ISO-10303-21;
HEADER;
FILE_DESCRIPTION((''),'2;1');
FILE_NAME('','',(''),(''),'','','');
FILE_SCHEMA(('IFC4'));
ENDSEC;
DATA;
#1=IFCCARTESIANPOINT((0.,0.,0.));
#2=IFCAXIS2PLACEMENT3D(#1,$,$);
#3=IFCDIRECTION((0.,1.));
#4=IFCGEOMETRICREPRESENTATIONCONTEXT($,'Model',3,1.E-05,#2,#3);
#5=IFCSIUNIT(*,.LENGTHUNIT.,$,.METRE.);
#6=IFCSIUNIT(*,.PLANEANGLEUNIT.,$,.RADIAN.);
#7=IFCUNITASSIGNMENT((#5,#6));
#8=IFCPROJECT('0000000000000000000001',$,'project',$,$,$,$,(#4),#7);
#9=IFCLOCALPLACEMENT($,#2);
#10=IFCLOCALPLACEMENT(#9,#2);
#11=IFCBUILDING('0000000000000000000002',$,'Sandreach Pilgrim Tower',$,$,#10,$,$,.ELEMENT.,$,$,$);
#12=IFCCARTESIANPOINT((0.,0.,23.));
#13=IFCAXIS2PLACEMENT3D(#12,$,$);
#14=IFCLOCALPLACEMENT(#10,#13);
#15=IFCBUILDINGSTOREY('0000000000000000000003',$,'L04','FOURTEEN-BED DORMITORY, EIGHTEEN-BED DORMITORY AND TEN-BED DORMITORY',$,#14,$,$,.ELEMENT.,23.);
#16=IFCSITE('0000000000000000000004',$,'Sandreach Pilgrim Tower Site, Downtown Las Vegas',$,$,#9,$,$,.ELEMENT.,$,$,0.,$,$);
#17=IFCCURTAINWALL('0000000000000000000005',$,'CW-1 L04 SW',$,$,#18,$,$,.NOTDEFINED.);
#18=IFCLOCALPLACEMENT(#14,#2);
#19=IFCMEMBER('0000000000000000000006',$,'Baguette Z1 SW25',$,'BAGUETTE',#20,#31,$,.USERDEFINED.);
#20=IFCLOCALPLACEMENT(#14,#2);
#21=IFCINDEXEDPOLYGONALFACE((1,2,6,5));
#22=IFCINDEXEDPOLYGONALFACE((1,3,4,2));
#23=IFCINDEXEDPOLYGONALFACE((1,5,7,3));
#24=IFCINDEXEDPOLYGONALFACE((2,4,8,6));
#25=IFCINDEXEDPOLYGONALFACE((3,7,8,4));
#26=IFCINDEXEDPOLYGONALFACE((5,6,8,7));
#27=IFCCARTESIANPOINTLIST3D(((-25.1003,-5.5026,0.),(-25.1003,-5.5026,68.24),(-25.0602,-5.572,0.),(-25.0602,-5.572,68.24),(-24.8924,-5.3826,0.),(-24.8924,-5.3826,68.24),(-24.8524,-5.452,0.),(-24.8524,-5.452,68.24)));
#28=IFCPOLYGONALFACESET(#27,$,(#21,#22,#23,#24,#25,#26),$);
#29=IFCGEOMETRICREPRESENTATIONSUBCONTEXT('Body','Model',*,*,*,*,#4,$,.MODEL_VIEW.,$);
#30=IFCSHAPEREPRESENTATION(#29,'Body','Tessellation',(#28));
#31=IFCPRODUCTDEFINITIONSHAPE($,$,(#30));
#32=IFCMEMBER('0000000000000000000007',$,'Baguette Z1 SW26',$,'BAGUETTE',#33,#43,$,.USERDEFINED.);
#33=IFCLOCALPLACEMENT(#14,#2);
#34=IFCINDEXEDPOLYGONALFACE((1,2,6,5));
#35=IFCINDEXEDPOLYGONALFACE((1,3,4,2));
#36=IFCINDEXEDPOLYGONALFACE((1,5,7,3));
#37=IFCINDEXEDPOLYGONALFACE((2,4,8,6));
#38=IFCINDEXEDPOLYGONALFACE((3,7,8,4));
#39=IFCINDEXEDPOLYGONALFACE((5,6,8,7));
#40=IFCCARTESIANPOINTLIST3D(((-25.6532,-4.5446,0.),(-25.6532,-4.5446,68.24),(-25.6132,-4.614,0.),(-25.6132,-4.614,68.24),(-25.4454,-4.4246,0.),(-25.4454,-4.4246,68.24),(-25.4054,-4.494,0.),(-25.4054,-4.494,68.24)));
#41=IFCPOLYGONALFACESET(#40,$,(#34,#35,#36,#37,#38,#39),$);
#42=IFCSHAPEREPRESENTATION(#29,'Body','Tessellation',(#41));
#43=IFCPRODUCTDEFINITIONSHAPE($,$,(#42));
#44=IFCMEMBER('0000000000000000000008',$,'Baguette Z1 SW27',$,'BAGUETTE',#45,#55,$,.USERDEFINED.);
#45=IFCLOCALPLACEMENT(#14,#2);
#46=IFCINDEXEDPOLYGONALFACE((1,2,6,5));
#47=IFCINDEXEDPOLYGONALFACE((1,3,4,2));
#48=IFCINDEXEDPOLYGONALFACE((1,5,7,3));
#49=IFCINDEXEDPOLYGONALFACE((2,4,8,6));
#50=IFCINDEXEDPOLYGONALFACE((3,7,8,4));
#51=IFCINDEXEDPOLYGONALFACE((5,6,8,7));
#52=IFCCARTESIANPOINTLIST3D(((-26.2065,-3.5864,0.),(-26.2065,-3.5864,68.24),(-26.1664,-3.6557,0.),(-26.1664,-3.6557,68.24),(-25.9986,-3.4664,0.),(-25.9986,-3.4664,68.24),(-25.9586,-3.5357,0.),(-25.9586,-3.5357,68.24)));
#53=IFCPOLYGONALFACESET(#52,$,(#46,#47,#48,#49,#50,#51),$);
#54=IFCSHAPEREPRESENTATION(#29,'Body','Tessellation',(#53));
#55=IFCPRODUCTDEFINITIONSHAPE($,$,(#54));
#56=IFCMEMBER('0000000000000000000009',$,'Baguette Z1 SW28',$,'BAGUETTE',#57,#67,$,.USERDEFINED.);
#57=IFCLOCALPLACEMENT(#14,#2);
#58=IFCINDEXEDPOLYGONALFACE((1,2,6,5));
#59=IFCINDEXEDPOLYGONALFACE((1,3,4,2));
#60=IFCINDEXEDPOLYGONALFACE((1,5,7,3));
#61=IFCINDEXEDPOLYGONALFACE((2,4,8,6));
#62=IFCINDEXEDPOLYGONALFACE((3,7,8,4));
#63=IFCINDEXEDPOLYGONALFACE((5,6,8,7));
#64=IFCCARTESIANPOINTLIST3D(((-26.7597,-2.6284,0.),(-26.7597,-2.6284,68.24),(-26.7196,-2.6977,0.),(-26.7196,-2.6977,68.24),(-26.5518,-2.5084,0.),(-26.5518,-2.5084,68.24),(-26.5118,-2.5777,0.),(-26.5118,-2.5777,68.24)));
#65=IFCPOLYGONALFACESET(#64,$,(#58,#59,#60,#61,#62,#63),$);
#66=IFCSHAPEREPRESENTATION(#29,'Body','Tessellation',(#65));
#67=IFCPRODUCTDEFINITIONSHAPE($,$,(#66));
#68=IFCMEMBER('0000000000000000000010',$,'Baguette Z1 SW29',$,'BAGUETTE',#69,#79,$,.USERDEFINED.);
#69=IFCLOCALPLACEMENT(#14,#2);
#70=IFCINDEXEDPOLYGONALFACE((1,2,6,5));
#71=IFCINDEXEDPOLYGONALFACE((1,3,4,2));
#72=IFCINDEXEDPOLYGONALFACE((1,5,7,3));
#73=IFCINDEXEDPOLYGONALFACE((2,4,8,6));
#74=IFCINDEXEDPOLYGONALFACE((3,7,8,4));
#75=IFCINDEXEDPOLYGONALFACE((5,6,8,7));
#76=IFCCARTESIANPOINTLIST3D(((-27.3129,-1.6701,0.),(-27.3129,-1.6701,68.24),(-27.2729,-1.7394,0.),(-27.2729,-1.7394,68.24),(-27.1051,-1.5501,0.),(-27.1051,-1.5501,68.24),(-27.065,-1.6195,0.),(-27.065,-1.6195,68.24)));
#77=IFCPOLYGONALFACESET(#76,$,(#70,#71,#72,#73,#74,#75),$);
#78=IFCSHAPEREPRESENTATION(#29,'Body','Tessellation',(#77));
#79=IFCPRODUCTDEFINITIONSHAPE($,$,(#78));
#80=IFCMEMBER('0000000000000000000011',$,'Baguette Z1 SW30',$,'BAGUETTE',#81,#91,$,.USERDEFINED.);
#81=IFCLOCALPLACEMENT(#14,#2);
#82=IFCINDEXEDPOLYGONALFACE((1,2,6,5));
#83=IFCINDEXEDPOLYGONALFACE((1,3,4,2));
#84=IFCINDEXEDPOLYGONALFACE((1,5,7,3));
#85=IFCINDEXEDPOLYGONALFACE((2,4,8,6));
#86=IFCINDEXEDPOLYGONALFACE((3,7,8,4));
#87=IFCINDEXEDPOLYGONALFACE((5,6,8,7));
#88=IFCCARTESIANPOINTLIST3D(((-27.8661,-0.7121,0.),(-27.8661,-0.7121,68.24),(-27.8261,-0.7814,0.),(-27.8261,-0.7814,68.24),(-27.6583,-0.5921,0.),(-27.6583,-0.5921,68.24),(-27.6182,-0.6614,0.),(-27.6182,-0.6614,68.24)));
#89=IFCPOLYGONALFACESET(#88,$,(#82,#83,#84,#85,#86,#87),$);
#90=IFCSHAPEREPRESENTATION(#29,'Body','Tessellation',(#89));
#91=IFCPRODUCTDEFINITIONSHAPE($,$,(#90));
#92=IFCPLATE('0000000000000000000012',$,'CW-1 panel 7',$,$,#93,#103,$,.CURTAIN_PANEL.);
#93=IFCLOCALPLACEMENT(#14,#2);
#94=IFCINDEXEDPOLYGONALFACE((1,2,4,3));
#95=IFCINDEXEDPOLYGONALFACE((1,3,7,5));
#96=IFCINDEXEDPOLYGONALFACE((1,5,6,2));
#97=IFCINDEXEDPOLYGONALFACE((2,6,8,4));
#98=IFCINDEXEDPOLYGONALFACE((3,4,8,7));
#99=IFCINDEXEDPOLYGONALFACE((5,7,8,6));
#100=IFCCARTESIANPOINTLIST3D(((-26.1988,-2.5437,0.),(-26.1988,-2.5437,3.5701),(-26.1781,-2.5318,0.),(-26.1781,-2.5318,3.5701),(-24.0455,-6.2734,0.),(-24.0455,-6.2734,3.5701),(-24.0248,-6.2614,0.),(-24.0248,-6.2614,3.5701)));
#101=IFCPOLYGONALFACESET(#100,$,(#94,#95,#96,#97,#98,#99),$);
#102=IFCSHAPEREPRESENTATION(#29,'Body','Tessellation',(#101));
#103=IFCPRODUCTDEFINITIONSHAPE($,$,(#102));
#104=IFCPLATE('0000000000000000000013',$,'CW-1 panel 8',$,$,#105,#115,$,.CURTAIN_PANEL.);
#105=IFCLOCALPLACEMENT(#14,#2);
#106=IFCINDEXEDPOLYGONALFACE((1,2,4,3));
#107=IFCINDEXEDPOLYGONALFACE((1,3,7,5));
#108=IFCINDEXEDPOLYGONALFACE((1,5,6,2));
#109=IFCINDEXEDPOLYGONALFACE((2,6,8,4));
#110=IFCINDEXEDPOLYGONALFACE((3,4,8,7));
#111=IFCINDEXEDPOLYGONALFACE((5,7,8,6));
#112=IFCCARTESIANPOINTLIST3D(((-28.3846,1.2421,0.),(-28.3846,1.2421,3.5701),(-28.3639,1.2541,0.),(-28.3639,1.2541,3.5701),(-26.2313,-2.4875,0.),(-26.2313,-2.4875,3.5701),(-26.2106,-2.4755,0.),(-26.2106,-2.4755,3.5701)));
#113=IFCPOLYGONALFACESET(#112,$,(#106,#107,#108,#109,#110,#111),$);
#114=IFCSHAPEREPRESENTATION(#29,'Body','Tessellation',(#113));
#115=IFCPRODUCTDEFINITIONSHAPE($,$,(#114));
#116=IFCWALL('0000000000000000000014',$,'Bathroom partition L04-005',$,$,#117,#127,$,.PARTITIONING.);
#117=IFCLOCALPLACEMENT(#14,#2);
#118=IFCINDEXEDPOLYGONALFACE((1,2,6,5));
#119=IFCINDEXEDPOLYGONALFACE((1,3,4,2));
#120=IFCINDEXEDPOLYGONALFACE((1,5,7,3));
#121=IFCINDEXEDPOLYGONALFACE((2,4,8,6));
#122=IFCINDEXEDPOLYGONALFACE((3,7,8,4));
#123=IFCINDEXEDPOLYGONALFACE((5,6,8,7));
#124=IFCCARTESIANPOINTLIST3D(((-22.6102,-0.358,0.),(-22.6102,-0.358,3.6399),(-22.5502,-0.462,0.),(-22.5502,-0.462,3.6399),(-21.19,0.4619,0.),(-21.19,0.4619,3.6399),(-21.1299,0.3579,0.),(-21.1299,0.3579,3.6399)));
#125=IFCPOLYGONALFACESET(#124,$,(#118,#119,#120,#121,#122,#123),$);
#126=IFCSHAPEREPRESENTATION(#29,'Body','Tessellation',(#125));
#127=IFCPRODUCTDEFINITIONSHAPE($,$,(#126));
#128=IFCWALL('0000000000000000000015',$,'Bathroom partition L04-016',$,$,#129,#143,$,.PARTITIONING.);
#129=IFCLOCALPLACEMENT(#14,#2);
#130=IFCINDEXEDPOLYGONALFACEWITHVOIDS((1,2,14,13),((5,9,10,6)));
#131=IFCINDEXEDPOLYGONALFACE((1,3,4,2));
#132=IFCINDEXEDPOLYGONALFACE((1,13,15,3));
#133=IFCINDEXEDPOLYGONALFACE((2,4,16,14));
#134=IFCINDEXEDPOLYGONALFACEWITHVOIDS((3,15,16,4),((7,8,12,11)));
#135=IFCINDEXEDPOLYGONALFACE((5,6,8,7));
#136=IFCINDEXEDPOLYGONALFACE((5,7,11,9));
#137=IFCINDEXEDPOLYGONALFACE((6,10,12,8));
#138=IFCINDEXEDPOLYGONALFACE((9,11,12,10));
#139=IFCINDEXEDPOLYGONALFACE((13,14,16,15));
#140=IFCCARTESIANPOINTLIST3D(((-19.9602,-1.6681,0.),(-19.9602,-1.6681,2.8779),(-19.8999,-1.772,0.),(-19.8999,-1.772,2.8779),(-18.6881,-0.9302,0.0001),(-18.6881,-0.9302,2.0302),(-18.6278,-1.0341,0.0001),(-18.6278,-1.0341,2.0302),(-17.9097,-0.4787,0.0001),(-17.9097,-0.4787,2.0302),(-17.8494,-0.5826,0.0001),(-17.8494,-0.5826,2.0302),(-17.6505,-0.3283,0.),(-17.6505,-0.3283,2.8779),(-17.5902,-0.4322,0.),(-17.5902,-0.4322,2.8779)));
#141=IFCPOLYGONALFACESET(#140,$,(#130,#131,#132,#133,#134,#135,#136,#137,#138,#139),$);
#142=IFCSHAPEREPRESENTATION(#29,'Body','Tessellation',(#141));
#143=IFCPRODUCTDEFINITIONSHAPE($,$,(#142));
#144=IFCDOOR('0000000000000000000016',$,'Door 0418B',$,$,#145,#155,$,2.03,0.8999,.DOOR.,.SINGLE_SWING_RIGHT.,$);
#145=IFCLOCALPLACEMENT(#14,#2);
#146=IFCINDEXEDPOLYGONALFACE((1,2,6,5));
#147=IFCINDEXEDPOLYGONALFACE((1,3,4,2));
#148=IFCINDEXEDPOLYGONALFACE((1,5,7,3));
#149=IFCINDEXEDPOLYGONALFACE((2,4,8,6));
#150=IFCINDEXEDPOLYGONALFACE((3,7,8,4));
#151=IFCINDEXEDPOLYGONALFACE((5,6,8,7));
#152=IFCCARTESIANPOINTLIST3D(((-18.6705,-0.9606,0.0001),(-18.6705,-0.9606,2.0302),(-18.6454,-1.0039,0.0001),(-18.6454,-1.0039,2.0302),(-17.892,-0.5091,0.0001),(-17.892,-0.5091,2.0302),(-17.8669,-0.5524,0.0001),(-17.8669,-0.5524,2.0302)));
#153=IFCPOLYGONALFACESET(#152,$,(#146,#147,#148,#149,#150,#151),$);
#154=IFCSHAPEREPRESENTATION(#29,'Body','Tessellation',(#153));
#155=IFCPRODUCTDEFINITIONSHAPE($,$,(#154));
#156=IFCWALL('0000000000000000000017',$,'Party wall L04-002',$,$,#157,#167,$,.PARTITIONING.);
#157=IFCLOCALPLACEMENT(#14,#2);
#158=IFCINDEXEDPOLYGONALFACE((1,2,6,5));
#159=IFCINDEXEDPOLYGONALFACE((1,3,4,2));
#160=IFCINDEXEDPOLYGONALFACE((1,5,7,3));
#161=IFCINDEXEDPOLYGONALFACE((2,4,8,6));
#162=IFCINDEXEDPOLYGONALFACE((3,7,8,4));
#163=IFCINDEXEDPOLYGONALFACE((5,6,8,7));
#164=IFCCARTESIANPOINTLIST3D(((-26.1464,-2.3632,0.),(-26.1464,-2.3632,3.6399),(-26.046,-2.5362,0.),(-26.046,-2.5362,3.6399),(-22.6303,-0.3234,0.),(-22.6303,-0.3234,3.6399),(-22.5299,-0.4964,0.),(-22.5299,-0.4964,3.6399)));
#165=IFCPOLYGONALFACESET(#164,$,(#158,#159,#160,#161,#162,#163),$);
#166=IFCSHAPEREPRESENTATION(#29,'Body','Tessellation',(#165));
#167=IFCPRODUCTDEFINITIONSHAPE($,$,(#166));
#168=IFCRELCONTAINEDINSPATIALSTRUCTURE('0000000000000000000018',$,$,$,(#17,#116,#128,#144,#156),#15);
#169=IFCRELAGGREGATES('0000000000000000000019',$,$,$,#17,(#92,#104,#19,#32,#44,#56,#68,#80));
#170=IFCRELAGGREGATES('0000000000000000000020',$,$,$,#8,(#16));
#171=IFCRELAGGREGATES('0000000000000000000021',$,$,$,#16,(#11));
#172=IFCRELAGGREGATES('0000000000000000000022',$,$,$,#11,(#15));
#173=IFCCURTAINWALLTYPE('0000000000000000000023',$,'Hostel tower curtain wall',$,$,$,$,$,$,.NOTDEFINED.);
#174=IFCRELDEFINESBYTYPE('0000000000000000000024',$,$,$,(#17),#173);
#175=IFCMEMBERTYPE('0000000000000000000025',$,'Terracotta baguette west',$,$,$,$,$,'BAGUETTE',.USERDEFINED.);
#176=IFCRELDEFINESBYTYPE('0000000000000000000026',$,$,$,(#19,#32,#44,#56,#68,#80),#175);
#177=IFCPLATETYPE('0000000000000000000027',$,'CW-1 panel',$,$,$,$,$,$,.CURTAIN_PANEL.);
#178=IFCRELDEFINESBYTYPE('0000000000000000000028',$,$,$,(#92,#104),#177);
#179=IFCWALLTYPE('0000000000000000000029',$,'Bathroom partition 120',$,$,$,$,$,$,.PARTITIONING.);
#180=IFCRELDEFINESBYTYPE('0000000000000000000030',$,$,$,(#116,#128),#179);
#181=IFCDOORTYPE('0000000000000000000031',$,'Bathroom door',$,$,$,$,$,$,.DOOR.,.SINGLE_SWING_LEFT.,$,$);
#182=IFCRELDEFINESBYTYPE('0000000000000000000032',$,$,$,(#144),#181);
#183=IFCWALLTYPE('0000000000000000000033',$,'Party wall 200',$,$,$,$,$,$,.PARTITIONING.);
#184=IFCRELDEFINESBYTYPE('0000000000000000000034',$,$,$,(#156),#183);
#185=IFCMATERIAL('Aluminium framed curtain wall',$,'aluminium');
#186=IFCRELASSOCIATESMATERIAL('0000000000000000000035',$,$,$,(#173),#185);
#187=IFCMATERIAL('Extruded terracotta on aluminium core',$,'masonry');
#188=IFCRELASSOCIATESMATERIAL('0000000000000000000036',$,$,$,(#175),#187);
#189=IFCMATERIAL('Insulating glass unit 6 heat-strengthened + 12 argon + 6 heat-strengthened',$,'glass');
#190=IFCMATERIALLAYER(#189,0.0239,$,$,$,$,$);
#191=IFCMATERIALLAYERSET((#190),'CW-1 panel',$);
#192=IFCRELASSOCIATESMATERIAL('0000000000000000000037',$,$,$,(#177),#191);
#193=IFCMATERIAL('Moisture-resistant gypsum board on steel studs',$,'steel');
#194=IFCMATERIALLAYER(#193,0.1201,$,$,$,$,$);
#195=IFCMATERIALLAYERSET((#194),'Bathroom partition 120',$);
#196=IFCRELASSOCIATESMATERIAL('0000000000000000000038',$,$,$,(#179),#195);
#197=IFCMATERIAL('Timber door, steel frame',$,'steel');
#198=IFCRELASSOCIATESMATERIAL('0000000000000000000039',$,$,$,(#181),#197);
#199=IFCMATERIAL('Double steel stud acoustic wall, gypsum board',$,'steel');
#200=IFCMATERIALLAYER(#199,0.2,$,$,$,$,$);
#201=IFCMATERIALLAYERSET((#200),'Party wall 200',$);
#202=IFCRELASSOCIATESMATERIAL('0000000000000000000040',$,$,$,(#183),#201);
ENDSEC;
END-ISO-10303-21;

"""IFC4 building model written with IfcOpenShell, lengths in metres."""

from ifc_helpers import new_model, si_unit, direction, frame, frame_2d, origin, origin_2d, place, context, subcontext, project, spatial, rectangle, extrude, material, layer, layer_set, material_profile, profile_set, type_object, element, fill, aggregate, save


model = new_model("IFC4")

# Units and contexts
model_context = context("Model", 3, precision=1e-05, world=origin(), true_north=direction((0.0, 1.0)))
body_context = subcontext(model_context, "Body", "Model", "MODEL_VIEW")
ifc_project = project(units=[si_unit("LENGTHUNIT", "METRE"), si_unit("PLANEANGLEUNIT", "RADIAN")], contexts=[model_context])

# Site, building, storey
site_placement = place(None, origin())
site = spatial("IfcSite", under=ifc_project, at=site_placement, Name="Sandreach Pilgrim Tower Site, Downtown Las Vegas", CompositionType="ELEMENT", RefElevation=0.0)
building_placement = place(site_placement, origin())
building = spatial("IfcBuilding", under=site, at=building_placement, Name="Sandreach Pilgrim Tower", CompositionType="ELEMENT")
storey_placement = place(building_placement, frame((0.0, 0.0, 23.0)))
storey = spatial("IfcBuildingStorey", under=building, at=storey_placement, Name="L04", Description="FOURTEEN-BED DORMITORY, EIGHTEEN-BED DORMITORY AND TEN-BED DORMITORY", CompositionType="ELEMENT", Elevation=23.0)

# Curtain wall
ifc_material_1 = material(Name="Aluminium framed curtain wall", Category="aluminium")
curtain_wall_type = type_object("IfcCurtainWallType", Name="Hostel tower curtain wall", PredefinedType="NOTDEFINED", material=ifc_material_1)
curtain_wall_placement = place(storey_placement, origin())
curtain_wall = element("IfcCurtainWall", 1, at=curtain_wall_placement, inside=storey, type_object=curtain_wall_type, Name="CW-1 L04 SW", PredefinedType="NOTDEFINED")

# Members
ifc_material_2 = material(Name="Extruded terracotta on aluminium core", Category="masonry")
ifc_material_profile_1 = material_profile(ifc_material_2, rectangle(XDim=0.0801, YDim=0.24, at=origin_2d()), Name="TBW 80X240")
ifc_profile_set_1 = profile_set([ifc_material_profile_1], Name="Extruded terracotta on aluminium core")
member_type_1 = type_object("IfcMemberType", Name="Terracotta baguette west", ElementType="BAGUETTE", PredefinedType="USERDEFINED", material=ifc_profile_set_1)
member_1_placement = place(storey_placement, frame((-24.9763, -5.4773, 0.0), z_axis=(0.0, 0.0, 1.0), x_axis=(-0.5, 0.866025, 0.0)))
member_1 = element("IfcMember", 2, at=member_1_placement, type_object=member_type_1, Name="Baguette Z1 SW25", ObjectType="BAGUETTE", PredefinedType="USERDEFINED", context=body_context, shape_type="SweptSolid", body=[
    extrude(rectangle(XDim=0.0801, YDim=0.24, at=origin_2d()), origin(), (0.0, 0.0, 1.0), 68.24),
])
member_2_placement = place(storey_placement, frame((-25.5293, -4.5193, 0.0), z_axis=(0.0, 0.0, 1.0), x_axis=(-0.5, 0.866025, 0.0)))
member_2 = element("IfcMember", 3, at=member_2_placement, type_object=member_type_1, Name="Baguette Z1 SW26", ObjectType="BAGUETTE", PredefinedType="USERDEFINED", context=body_context, shape_type="SweptSolid", body=[
    extrude(rectangle(XDim=0.0801, YDim=0.24, at=origin_2d()), origin(), (0.0, 0.0, 1.0), 68.24),
])
member_3_placement = place(storey_placement, frame((-26.0825, -3.561, 0.0), z_axis=(0.0, 0.0, 1.0), x_axis=(-0.5, 0.866025, 0.0)))
member_3 = element("IfcMember", 4, at=member_3_placement, type_object=member_type_1, Name="Baguette Z1 SW27", ObjectType="BAGUETTE", PredefinedType="USERDEFINED", context=body_context, shape_type="SweptSolid", body=[
    extrude(rectangle(XDim=0.0801, YDim=0.24, at=origin_2d()), origin(), (0.0, 0.0, 1.0), 68.24),
])
member_4_placement = place(storey_placement, frame((-26.6357, -2.603, 0.0), z_axis=(0.0, 0.0, 1.0), x_axis=(-0.5, 0.866025, 0.0)))
member_4 = element("IfcMember", 5, at=member_4_placement, type_object=member_type_1, Name="Baguette Z1 SW28", ObjectType="BAGUETTE", PredefinedType="USERDEFINED", context=body_context, shape_type="SweptSolid", body=[
    extrude(rectangle(XDim=0.0801, YDim=0.24, at=origin_2d()), origin(), (0.0, 0.0, 1.0), 68.24),
])
member_5_placement = place(storey_placement, frame((-27.189, -1.6448, 0.0), z_axis=(0.0, 0.0, 1.0), x_axis=(-0.5, 0.866025, 0.0)))
member_5 = element("IfcMember", 6, at=member_5_placement, type_object=member_type_1, Name="Baguette Z1 SW29", ObjectType="BAGUETTE", PredefinedType="USERDEFINED", context=body_context, shape_type="SweptSolid", body=[
    extrude(rectangle(XDim=0.0801, YDim=0.24, at=origin_2d()), origin(), (0.0, 0.0, 1.0), 68.24),
])
member_6_placement = place(storey_placement, frame((-27.7422, -0.6868, 0.0), z_axis=(0.0, 0.0, 1.0), x_axis=(-0.5, 0.866025, 0.0)))
member_6 = element("IfcMember", 7, at=member_6_placement, type_object=member_type_1, Name="Baguette Z1 SW30", ObjectType="BAGUETTE", PredefinedType="USERDEFINED", context=body_context, shape_type="SweptSolid", body=[
    extrude(rectangle(XDim=0.0801, YDim=0.24, at=origin_2d()), origin(), (0.0, 0.0, 1.0), 68.24),
])

# Plates
ifc_material_3 = material(Name="Insulating glass unit 6 heat-strengthened + 12 argon + 6 heat-strengthened", Category="glass")
ifc_layer_1 = layer(ifc_material_3, 0.0239)
ifc_layer_set_1 = layer_set([ifc_layer_1], Name="CW-1 panel")
plate_type = type_object("IfcPlateType", Name="CW-1 panel", PredefinedType="CURTAIN_PANEL", material=ifc_layer_set_1)
plate_1_placement = place(storey_placement, frame((-25.1118, -4.4026, 0.0), z_axis=(0.0, 0.0, 1.0), x_axis=(-0.5, 0.866025, 0.0)))
plate_1 = element("IfcPlate", 8, at=plate_1_placement, type_object=plate_type, Name="CW-1 panel 7", PredefinedType="CURTAIN_PANEL", context=body_context, shape_type="SweptSolid", body=[
    extrude(rectangle(XDim=4.3066, YDim=0.0239, at=origin_2d()), origin(), (0.0, 0.0, 1.0), 3.5701),
])
plate_2_placement = place(storey_placement, frame((-27.2976, -0.6167, 0.0), z_axis=(0.0, 0.0, 1.0), x_axis=(-0.5, 0.866025, 0.0)))
plate_2 = element("IfcPlate", 9, at=plate_2_placement, type_object=plate_type, Name="CW-1 panel 8", PredefinedType="CURTAIN_PANEL", context=body_context, shape_type="SweptSolid", body=[
    extrude(rectangle(XDim=4.3066, YDim=0.0239, at=origin_2d()), origin(), (0.0, 0.0, 1.0), 3.5701),
])
aggregate(curtain_wall, [plate_1, plate_2, member_1, member_2, member_3, member_4, member_5, member_6])

# Wall
ifc_material_4 = material(Name="Moisture-resistant gypsum board on steel studs", Category="steel")
ifc_layer_2 = layer(ifc_material_4, 0.1201)
ifc_layer_set_2 = layer_set([ifc_layer_2], Name="Bathroom partition 120")
wall_type_1 = type_object("IfcWallType", Name="Bathroom partition 120", PredefinedType="PARTITIONING", material=ifc_layer_set_2)
wall_1_placement = place(storey_placement, frame((-22.5801, -0.4099, 0.0), z_axis=(0.0, 0.0, 1.0), x_axis=(0.866054, 0.49995, 0.0)))
element("IfcWall", 10, at=wall_1_placement, inside=storey, type_object=wall_type_1, Name="Bathroom partition L04-005", PredefinedType="PARTITIONING", context=body_context, shape_type="SweptSolid", body=[
    extrude(rectangle(XDim=1.6399, YDim=0.1201, at=frame_2d((0.8198, 0.0))), origin(), (0.0, 0.0, 1.0), 3.6399),
])

# Wall, opening, door
wall_2_placement = place(storey_placement, frame((-19.9299, -1.72, 0.0), z_axis=(0.0, 0.0, 1.0), x_axis=(0.865007, 0.501761, 0.0)))
wall_2 = element("IfcWall", 11, at=wall_2_placement, inside=storey, type_object=wall_type_1, Name="Bathroom partition L04-016", PredefinedType="PARTITIONING", context=body_context, shape_type="SweptSolid", body=[
    extrude(rectangle(XDim=2.6702, YDim=0.1201, at=frame_2d((1.335, 0.0))), origin(), (0.0, 0.0, 1.0), 2.8779),
])
opening_placement = place(wall_2_placement, frame((1.4705, 0.0, 0.0)))
opening = element("IfcOpeningElement", 12, at=opening_placement, cuts=wall_2, PredefinedType="OPENING", context=body_context, shape_type="SweptSolid", body=[
    extrude(rectangle(XDim=0.8999, YDim=2.03, at=frame_2d((0.45, 1.0151))), frame((0.0, 0.0601, 0.0), z_axis=(0.0, -1.0, 0.0), x_axis=(1.0, 0.0, 0.0)), (0.0, 0.0, 1.0), 0.1201),
])
ifc_material_5 = material(Name="Timber door, steel frame", Category="steel")
door_type = type_object("IfcDoorType", Name="Bathroom door", OperationType="SINGLE_SWING_LEFT", PredefinedType="DOOR", material=ifc_material_5)
door_placement = place(opening_placement, origin())
door = element("IfcDoor", 13, at=door_placement, inside=storey, type_object=door_type, Name="Door 0418B", OperationType="SINGLE_SWING_RIGHT", OverallHeight=2.03, OverallWidth=0.8999, PredefinedType="DOOR", context=body_context, shape_type="SweptSolid", body=[
    extrude(rectangle(XDim=0.8999, YDim=2.03, at=frame_2d((0.45, 1.0151))), frame((0.0, 0.0249, 0.0), z_axis=(0.0, -1.0, 0.0), x_axis=(1.0, 0.0, 0.0)), (0.0, 0.0, 1.0), 0.05),
])
fill(opening, door)

# Wall
ifc_material_6 = material(Name="Double steel stud acoustic wall, gypsum board", Category="steel")
ifc_layer_3 = layer(ifc_material_6, 0.2)
ifc_layer_set_3 = layer_set([ifc_layer_3], Name="Party wall 200")
wall_type_2 = type_object("IfcWallType", Name="Party wall 200", PredefinedType="PARTITIONING", material=ifc_layer_set_3)
wall_3_placement = place(storey_placement, frame((-26.0962, -2.4497, 0.0), z_axis=(0.0, 0.0, 1.0), x_axis=(0.864983, 0.501801, 0.0)))
element("IfcWall", 14, at=wall_3_placement, inside=storey, type_object=wall_type_2, Name="Party wall L04-002", PredefinedType="PARTITIONING", context=body_context, shape_type="SweptSolid", body=[
    extrude(rectangle(XDim=4.0649, YDim=0.2, at=frame_2d((2.0325, 0.0))), origin(), (0.0, 0.0, 1.0), 3.6399),
])

save(model, "model.ifc")
